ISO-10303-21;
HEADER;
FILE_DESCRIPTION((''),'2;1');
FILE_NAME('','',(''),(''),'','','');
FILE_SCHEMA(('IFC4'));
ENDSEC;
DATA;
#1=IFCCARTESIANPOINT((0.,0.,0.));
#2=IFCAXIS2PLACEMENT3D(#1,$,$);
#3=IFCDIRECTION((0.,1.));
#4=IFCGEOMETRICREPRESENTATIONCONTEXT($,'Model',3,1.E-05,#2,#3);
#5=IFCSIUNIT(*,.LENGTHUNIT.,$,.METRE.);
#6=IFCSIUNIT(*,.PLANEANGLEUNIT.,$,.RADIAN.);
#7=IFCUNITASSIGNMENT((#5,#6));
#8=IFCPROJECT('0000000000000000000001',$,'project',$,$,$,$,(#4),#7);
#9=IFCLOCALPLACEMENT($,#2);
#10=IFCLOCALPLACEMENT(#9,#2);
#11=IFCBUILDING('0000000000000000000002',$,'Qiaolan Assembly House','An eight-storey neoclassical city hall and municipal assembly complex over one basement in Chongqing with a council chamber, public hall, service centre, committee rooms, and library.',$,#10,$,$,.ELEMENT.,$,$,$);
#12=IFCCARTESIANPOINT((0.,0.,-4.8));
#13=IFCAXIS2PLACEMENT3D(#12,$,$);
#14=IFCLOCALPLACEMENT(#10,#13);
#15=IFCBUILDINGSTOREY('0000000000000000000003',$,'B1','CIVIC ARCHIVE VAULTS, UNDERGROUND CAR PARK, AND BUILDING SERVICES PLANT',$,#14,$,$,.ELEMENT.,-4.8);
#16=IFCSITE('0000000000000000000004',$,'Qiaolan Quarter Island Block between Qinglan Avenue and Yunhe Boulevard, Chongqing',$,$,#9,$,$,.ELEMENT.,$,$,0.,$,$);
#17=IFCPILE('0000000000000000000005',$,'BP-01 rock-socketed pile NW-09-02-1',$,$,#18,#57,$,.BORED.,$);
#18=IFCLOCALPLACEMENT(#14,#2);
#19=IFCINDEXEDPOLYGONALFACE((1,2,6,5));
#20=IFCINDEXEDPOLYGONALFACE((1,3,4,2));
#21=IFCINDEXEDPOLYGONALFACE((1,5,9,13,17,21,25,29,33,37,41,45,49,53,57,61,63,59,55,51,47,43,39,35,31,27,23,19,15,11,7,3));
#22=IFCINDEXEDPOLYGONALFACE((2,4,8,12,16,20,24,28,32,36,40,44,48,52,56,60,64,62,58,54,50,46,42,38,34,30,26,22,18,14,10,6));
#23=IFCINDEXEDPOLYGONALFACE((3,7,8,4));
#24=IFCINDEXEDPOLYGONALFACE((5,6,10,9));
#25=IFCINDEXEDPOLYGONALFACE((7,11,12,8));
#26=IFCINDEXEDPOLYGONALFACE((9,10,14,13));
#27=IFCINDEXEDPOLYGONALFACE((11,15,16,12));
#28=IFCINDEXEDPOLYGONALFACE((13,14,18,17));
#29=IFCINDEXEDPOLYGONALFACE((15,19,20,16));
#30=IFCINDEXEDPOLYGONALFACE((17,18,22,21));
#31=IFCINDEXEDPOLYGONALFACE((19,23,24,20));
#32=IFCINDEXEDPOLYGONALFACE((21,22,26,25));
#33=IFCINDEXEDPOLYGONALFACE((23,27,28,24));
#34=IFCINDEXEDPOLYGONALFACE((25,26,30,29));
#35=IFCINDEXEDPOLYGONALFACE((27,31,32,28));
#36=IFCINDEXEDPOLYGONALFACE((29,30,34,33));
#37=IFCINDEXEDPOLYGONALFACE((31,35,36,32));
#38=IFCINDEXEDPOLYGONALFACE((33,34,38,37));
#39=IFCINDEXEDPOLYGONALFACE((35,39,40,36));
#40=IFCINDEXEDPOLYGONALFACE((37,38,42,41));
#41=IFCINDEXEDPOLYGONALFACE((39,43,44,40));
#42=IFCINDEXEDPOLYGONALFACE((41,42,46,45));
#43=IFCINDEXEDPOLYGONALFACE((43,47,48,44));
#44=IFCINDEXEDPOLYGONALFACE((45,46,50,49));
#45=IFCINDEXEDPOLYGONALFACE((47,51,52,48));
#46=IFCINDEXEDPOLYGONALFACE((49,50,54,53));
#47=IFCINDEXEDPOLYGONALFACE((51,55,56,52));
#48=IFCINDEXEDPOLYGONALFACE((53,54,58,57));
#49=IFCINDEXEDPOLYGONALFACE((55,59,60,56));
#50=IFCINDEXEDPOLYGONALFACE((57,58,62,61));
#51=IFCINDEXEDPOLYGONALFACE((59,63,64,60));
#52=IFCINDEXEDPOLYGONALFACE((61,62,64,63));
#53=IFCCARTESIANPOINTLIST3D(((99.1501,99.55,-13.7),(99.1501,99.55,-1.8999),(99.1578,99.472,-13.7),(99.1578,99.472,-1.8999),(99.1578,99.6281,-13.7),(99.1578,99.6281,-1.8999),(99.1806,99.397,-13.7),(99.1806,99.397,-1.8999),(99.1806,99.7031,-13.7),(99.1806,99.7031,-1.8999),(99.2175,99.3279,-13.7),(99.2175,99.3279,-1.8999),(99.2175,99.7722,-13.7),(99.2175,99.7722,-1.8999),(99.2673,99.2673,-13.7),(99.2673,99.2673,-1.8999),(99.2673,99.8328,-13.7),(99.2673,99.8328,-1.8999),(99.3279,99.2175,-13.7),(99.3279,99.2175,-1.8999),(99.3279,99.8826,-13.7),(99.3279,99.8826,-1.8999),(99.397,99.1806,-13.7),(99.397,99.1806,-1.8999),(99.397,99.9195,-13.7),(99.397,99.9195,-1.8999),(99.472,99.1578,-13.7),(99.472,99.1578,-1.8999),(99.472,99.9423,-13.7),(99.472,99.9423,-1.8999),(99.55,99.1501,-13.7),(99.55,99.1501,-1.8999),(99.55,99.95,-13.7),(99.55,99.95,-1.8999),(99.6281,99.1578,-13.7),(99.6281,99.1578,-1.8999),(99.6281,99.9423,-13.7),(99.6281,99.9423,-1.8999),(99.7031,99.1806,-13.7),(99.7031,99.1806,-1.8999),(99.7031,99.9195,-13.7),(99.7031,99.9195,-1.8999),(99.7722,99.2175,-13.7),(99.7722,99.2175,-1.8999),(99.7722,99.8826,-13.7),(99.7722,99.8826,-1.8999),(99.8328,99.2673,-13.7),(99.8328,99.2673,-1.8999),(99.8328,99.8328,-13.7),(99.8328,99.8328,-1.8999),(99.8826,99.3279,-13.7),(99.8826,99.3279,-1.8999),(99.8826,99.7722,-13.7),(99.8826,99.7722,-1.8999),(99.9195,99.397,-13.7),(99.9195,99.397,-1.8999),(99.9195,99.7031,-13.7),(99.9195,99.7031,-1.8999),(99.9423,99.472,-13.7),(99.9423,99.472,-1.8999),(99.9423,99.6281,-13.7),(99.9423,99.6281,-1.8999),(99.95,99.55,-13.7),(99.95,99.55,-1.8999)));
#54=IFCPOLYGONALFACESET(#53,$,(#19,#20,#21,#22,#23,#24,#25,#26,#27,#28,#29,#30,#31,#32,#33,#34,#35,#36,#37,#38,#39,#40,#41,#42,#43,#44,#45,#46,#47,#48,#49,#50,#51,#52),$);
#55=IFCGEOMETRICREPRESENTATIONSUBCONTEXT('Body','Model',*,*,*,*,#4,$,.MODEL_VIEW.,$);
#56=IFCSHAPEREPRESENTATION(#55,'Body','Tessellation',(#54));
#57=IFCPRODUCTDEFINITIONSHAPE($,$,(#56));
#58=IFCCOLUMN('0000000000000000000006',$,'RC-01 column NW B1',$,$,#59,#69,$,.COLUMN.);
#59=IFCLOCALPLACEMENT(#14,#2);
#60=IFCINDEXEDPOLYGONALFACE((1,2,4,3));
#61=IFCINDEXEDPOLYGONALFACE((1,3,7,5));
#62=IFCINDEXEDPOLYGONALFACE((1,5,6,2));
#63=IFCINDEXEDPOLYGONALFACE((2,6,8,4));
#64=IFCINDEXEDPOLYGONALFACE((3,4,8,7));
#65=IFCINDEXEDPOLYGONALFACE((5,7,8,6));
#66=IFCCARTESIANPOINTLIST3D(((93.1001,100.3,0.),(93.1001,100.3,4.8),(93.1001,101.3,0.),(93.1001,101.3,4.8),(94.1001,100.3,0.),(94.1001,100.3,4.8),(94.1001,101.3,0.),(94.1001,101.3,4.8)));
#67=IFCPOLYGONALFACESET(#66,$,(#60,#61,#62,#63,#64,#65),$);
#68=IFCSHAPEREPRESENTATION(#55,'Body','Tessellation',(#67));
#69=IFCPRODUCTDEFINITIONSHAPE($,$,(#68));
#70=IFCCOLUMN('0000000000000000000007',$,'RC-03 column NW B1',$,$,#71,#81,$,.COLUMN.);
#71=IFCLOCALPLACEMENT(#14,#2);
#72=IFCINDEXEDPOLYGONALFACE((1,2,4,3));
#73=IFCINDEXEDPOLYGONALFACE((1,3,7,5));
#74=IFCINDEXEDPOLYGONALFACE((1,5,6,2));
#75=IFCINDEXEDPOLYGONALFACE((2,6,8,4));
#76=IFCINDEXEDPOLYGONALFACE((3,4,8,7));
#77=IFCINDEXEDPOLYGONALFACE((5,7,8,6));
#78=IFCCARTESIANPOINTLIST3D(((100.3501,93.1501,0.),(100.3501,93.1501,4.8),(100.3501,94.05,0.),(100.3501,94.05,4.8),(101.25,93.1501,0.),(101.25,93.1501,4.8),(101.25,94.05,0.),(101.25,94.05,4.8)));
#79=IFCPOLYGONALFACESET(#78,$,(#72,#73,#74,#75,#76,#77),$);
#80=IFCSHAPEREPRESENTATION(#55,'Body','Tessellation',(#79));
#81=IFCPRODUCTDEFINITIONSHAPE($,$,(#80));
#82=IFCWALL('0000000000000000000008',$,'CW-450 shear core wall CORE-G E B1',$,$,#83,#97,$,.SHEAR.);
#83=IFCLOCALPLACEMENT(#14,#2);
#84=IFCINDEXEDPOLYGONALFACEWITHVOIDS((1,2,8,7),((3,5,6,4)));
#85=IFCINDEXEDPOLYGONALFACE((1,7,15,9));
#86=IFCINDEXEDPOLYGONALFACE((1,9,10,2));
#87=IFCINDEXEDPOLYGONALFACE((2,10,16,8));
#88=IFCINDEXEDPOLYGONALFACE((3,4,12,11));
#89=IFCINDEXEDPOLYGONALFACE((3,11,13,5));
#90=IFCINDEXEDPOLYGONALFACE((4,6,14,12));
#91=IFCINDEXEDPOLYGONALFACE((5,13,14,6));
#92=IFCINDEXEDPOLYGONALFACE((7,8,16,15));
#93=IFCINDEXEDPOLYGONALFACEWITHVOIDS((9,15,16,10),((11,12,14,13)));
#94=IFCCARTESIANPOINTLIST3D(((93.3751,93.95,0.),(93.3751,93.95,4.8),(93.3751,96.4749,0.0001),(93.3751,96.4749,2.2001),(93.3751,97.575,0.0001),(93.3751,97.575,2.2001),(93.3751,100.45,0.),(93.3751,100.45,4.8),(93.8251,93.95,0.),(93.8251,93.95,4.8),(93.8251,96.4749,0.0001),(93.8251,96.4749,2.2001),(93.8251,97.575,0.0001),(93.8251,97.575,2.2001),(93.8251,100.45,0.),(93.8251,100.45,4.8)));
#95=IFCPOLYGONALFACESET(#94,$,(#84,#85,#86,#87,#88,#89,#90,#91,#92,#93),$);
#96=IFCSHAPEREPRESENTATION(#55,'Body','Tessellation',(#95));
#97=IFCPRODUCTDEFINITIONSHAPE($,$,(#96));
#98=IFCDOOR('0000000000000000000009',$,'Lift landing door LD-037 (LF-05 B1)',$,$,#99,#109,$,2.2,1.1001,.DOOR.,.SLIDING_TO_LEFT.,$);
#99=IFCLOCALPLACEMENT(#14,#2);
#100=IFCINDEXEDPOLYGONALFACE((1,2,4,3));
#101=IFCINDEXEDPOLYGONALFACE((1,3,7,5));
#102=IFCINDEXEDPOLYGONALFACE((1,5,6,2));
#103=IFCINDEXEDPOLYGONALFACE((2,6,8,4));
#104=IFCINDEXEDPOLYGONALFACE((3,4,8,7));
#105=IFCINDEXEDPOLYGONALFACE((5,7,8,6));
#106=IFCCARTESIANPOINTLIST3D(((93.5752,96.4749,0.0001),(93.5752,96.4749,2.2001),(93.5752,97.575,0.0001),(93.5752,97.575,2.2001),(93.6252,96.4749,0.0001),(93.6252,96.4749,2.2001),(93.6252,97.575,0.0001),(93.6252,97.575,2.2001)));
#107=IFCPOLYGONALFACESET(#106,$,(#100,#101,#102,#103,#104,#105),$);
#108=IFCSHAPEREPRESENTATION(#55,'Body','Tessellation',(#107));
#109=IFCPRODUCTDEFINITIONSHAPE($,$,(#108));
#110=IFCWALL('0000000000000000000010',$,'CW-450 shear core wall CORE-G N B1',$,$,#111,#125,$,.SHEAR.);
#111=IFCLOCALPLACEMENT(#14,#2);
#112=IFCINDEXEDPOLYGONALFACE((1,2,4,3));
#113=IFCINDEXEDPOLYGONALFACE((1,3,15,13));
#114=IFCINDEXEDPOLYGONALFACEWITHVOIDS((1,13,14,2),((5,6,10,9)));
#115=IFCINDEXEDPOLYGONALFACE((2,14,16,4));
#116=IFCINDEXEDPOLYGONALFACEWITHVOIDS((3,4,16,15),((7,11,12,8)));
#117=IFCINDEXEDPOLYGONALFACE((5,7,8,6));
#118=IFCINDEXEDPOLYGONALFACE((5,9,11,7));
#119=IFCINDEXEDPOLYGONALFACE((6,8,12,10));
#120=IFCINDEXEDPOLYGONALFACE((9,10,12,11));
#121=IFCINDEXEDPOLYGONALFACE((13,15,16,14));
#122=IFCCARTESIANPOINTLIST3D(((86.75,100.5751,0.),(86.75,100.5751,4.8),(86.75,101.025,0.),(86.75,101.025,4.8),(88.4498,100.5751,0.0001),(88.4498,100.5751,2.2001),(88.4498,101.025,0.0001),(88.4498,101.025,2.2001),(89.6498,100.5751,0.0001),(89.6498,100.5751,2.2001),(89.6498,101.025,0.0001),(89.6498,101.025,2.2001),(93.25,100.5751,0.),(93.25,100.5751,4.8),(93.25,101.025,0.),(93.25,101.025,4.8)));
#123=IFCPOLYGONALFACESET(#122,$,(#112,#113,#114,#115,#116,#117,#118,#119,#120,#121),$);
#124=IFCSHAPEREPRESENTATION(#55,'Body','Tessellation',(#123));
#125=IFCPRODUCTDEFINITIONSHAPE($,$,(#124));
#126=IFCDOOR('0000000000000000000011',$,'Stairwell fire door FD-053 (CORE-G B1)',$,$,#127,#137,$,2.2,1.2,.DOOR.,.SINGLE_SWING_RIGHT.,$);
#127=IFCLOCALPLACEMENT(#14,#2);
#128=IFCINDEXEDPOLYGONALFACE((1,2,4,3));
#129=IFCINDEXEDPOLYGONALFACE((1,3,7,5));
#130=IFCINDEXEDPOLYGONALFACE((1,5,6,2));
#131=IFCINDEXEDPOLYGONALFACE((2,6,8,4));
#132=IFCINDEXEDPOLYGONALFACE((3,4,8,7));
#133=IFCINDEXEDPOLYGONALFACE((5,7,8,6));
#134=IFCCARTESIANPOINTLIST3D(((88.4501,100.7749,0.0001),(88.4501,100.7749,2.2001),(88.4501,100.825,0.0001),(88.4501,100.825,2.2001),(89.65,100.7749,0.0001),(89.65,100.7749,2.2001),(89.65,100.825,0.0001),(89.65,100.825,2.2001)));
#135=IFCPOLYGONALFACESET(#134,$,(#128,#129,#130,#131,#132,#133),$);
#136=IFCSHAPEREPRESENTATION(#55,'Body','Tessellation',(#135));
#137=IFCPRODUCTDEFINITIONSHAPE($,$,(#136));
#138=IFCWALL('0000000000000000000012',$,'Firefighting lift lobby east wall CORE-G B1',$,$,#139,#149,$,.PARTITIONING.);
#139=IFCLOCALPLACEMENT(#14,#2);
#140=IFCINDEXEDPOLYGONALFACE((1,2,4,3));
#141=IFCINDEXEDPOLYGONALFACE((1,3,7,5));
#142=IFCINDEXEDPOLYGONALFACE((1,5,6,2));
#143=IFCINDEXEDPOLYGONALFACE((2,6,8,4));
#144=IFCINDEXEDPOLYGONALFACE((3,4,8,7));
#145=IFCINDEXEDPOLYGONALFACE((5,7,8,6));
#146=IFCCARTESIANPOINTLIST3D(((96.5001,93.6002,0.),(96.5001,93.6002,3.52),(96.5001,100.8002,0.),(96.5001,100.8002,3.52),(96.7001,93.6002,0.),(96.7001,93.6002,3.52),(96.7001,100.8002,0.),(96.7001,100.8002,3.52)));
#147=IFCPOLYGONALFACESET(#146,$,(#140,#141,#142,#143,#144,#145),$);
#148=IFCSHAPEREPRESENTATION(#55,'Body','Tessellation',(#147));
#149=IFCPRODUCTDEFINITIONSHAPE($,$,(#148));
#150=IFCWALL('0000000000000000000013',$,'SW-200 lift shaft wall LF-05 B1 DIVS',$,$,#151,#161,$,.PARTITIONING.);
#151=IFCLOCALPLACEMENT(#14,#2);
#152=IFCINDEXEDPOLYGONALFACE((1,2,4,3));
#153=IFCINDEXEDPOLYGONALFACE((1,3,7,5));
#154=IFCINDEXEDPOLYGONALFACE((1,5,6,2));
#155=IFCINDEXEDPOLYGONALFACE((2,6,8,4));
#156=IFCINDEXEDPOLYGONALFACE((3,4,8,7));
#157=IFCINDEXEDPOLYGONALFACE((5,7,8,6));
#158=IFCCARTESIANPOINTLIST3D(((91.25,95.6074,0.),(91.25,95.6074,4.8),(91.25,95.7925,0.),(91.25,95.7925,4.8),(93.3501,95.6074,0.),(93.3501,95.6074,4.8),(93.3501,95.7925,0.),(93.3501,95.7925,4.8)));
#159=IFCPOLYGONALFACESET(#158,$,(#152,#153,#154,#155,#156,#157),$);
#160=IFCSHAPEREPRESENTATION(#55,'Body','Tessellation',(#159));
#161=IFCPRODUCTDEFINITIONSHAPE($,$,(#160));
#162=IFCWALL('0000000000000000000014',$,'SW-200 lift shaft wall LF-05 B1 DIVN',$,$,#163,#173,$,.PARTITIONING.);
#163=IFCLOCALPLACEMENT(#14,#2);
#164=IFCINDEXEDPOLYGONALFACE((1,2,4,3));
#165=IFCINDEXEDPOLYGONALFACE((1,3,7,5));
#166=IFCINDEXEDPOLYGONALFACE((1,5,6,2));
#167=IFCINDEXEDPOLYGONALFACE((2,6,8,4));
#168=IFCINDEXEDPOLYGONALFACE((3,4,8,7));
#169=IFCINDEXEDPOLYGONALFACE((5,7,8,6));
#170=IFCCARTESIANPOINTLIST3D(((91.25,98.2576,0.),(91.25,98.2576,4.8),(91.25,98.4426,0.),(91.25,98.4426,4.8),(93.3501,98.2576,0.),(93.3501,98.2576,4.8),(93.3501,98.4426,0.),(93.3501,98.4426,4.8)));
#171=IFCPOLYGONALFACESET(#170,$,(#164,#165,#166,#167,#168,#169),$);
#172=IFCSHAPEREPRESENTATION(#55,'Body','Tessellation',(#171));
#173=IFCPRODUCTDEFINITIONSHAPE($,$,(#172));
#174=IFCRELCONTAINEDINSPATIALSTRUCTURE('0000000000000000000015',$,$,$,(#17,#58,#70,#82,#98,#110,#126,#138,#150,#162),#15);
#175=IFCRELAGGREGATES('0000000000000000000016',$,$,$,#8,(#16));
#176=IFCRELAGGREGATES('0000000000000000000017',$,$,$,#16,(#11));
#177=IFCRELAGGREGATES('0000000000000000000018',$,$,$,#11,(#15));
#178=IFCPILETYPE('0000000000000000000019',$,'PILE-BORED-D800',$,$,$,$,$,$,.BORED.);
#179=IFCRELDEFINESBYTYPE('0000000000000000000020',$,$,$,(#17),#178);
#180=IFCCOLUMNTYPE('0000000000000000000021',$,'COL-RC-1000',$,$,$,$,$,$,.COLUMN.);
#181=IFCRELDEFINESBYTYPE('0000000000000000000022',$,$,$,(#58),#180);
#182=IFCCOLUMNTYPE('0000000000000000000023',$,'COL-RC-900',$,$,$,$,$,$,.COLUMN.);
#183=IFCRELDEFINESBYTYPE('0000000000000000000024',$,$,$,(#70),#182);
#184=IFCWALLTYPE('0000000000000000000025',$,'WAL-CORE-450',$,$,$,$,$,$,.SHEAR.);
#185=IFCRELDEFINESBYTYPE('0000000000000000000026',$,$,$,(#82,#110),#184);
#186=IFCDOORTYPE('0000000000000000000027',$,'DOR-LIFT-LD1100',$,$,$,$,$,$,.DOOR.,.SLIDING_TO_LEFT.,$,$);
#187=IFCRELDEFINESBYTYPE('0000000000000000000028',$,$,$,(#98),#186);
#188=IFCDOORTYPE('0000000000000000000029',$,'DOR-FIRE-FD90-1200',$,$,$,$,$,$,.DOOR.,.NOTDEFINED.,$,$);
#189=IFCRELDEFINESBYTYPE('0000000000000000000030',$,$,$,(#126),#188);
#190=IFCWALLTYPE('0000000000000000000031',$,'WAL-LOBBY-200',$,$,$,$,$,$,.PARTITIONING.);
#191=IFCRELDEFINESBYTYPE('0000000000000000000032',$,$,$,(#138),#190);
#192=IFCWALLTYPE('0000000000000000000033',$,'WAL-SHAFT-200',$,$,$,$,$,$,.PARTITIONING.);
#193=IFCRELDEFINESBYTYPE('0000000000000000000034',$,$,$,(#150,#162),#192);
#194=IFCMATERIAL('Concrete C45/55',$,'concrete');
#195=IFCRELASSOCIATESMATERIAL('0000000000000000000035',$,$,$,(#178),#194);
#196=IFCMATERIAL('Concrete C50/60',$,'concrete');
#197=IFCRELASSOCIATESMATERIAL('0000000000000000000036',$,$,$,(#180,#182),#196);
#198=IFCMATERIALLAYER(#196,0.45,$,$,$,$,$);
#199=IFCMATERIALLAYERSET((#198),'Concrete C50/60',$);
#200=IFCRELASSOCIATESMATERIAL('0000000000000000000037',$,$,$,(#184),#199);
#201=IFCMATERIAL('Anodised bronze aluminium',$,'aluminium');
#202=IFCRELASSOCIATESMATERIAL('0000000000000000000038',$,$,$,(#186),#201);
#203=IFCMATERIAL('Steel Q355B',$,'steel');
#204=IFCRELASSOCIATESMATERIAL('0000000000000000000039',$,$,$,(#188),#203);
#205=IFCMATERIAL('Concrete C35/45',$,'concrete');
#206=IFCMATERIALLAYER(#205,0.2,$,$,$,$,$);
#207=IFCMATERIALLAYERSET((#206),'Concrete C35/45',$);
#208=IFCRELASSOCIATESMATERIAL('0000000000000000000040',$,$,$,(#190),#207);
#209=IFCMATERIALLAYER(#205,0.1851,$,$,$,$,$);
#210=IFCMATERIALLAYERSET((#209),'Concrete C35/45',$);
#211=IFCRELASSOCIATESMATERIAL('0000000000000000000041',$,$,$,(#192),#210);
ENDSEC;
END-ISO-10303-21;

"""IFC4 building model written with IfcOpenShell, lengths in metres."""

from ifc_helpers import new_model, si_unit, direction, frame, frame_2d, origin, origin_2d, place, context, subcontext, project, spatial, rectangle, circle, extrude, material, layer, layer_set, material_profile, profile_set, type_object, element, fill, save


model = new_model("IFC4")

# Units and contexts
model_context = context("Model", 3, precision=1e-05, world=origin(), true_north=direction((0.0, 1.0)))
body_context = subcontext(model_context, "Body", "Model", "MODEL_VIEW")
ifc_project = project(units=[si_unit("LENGTHUNIT", "METRE"), si_unit("PLANEANGLEUNIT", "RADIAN")], contexts=[model_context])

# Site, building, storey
site_placement = place(None, origin())
site = spatial("IfcSite", under=ifc_project, at=site_placement, Name="Qiaolan Quarter Island Block between Qinglan Avenue and Yunhe Boulevard, Chongqing", CompositionType="ELEMENT", RefElevation=0.0)
building_placement = place(site_placement, origin())
building = spatial("IfcBuilding", under=site, at=building_placement, Name="Qiaolan Assembly House", Description="An eight-storey neoclassical city hall and municipal assembly complex over one basement in Chongqing with a council chamber, public hall, service centre, committee rooms, and library.", CompositionType="ELEMENT")
storey_placement = place(building_placement, frame((0.0, 0.0, -4.8)))
storey = spatial("IfcBuildingStorey", under=building, at=storey_placement, Name="B1", Description="CIVIC ARCHIVE VAULTS, UNDERGROUND CAR PARK, AND BUILDING SERVICES PLANT", CompositionType="ELEMENT", Elevation=-4.8)

# Pile
ifc_material_1 = material(Name="Concrete C45/55", Category="concrete")
ifc_material_profile_1 = material_profile(ifc_material_1, circle(Radius=0.3999, at=origin_2d()), Name="PILE D800")
ifc_profile_set_1 = profile_set([ifc_material_profile_1], Name="Concrete C45/55")
pile_type_1 = type_object("IfcPileType", Name="PILE-BORED-D800", PredefinedType="BORED", material=ifc_profile_set_1)
for number, where, z_axis, x_axis, name in (
    (1, (99.55, 99.55, -1.8999), (0.0, 0.0, -1.0), (1.0, 0.0, 0.0), "BP-01 rock-socketed pile NW-09-02-1"),
):
    element("IfcPile", number, at=place(storey_placement, frame(where, z_axis=z_axis, x_axis=x_axis)), inside=storey, type_object=pile_type_1, Name=name, PredefinedType="BORED", context=body_context, shape_type="SweptSolid", body=[
        extrude(circle(Radius=0.3999, at=origin_2d()), origin(), (0.0, 0.0, 1.0), 11.8),
    ])

# Columns
ifc_material_2 = material(Name="Concrete C50/60", Category="concrete")
ifc_material_profile_2 = material_profile(ifc_material_2, rectangle(XDim=1.0, YDim=1.0, at=origin_2d()), Name="RC 1000x1000")
ifc_profile_set_2 = profile_set([ifc_material_profile_2], Name="Concrete C50/60")
column_type_1 = type_object("IfcColumnType", Name="COL-RC-1000", PredefinedType="COLUMN", material=ifc_profile_set_2)
column_1_placement = place(storey_placement, frame((93.6001, 100.8, 0.0), z_axis=(0.0, 0.0, 1.0), x_axis=(1.0, 0.0, 0.0)))
element("IfcColumn", 2, at=column_1_placement, inside=storey, type_object=column_type_1, Name="RC-01 column NW B1", PredefinedType="COLUMN", context=body_context, shape_type="SweptSolid", body=[
    extrude(rectangle(XDim=1.0, YDim=1.0, at=origin_2d()), origin(), (0.0, 0.0, 1.0), 4.8),
])
ifc_material_profile_3 = material_profile(ifc_material_2, rectangle(XDim=0.8999, YDim=0.8999, at=origin_2d()), Name="RC 900x900")
ifc_profile_set_3 = profile_set([ifc_material_profile_3], Name="Concrete C50/60")
column_type_2 = type_object("IfcColumnType", Name="COL-RC-900", PredefinedType="COLUMN", material=ifc_profile_set_3)
column_2_placement = place(storey_placement, frame((100.8, 93.6001, 0.0), z_axis=(0.0, 0.0, 1.0), x_axis=(1.0, 0.0, 0.0)))
element("IfcColumn", 3, at=column_2_placement, inside=storey, type_object=column_type_2, Name="RC-03 column NW B1", PredefinedType="COLUMN", context=body_context, shape_type="SweptSolid", body=[
    extrude(rectangle(XDim=0.8999, YDim=0.8999, at=origin_2d()), origin(), (0.0, 0.0, 1.0), 4.8),
])

# Walls, openings, doors
ifc_layer_1 = layer(ifc_material_2, 0.45)
ifc_layer_set_1 = layer_set([ifc_layer_1], Name="Concrete C50/60")
wall_type_1 = type_object("IfcWallType", Name="WAL-CORE-450", PredefinedType="SHEAR", material=ifc_layer_set_1)
wall_1_placement = place(storey_placement, frame((93.6001, 93.95, 0.0), z_axis=(0.0, 0.0, 1.0), x_axis=(0.0, 1.0, 0.0)))
wall_1 = element("IfcWall", 4, at=wall_1_placement, inside=storey, type_object=wall_type_1, Name="CW-450 shear core wall CORE-G E B1", PredefinedType="SHEAR", context=body_context, shape_type="SweptSolid", body=[
    extrude(rectangle(XDim=6.5, YDim=0.45, at=frame_2d((3.25, 0.0))), origin(), (0.0, 0.0, 1.0), 4.8),
])
opening_1_placement = place(wall_1_placement, frame((2.5249, 0.0, 0.0)))
opening_1 = element("IfcOpeningElement", 5, at=opening_1_placement, cuts=wall_1, PredefinedType="OPENING", context=body_context, shape_type="SweptSolid", body=[
    extrude(rectangle(XDim=1.1001, YDim=2.2, at=frame_2d((0.55, 1.1001))), frame((0.0, 0.2349, 0.0), z_axis=(0.0, -1.0, 0.0), x_axis=(1.0, 0.0, 0.0)), (0.0, 0.0, 1.0), 0.47),
])
ifc_material_3 = material(Name="Anodised bronze aluminium", Category="aluminium")
door_type_1 = type_object("IfcDoorType", Name="DOR-LIFT-LD1100", OperationType="SLIDING_TO_LEFT", PredefinedType="DOOR", material=ifc_material_3)
door_1_placement = place(opening_1_placement, origin())
door_1 = element("IfcDoor", 6, at=door_1_placement, inside=storey, type_object=door_type_1, Name="Lift landing door LD-037 (LF-05 B1)", OperationType="SLIDING_TO_LEFT", OverallHeight=2.2, OverallWidth=1.1001, PredefinedType="DOOR", context=body_context, shape_type="SweptSolid", body=[
    extrude(rectangle(XDim=1.1001, YDim=2.2, at=frame_2d((0.55, 1.1001))), frame((0.0, 0.0249, 0.0), z_axis=(0.0, -1.0, 0.0), x_axis=(1.0, 0.0, 0.0)), (0.0, 0.0, 1.0), 0.05),
])
fill(opening_1, door_1)
wall_2_placement = place(storey_placement, frame((93.25, 100.8, 0.0), z_axis=(0.0, 0.0, 1.0), x_axis=(-1.0, 0.0, 0.0)))
wall_2 = element("IfcWall", 7, at=wall_2_placement, inside=storey, type_object=wall_type_1, Name="CW-450 shear core wall CORE-G N B1", PredefinedType="SHEAR", context=body_context, shape_type="SweptSolid", body=[
    extrude(rectangle(XDim=6.5, YDim=0.45, at=frame_2d((3.25, 0.0))), origin(), (0.0, 0.0, 1.0), 4.8),
])
opening_2_placement = place(wall_2_placement, frame((3.6001, 0.0, 0.0)))
opening_2 = element("IfcOpeningElement", 8, at=opening_2_placement, cuts=wall_2, PredefinedType="OPENING", context=body_context, shape_type="SweptSolid", body=[
    extrude(rectangle(XDim=1.2, YDim=2.2, at=frame_2d((0.6001, 1.1001))), frame((0.0, 0.2349, 0.0), z_axis=(0.0, -1.0, 0.0), x_axis=(1.0, 0.0, 0.0)), (0.0, 0.0, 1.0), 0.47),
])
ifc_material_4 = material(Name="Steel Q355B", Category="steel")
door_type_2 = type_object("IfcDoorType", Name="DOR-FIRE-FD90-1200", OperationType="NOTDEFINED", PredefinedType="DOOR", material=ifc_material_4)
door_2_placement = place(opening_2_placement, frame((1.2, 0.0, 0.0), z_axis=(0.0, 0.0, 1.0), x_axis=(-1.0, 0.0, 0.0)))
door_2 = element("IfcDoor", 9, at=door_2_placement, inside=storey, type_object=door_type_2, Name="Stairwell fire door FD-053 (CORE-G B1)", OperationType="SINGLE_SWING_RIGHT", OverallHeight=2.2, OverallWidth=1.2, PredefinedType="DOOR", context=body_context, shape_type="SweptSolid", body=[
    extrude(rectangle(XDim=1.2, YDim=2.2, at=frame_2d((0.6001, 1.1001))), frame((0.0, 0.0249, 0.0), z_axis=(0.0, -1.0, 0.0), x_axis=(1.0, 0.0, 0.0)), (0.0, 0.0, 1.0), 0.05),
])
fill(opening_2, door_2)

# Walls
ifc_material_5 = material(Name="Concrete C35/45", Category="concrete")
ifc_layer_2 = layer(ifc_material_5, 0.2)
ifc_layer_set_2 = layer_set([ifc_layer_2], Name="Concrete C35/45")
wall_type_2 = type_object("IfcWallType", Name="WAL-LOBBY-200", PredefinedType="PARTITIONING", material=ifc_layer_set_2)
wall_3_placement = place(storey_placement, frame((96.6001, 93.6001, 0.0), z_axis=(0.0, 0.0, 1.0), x_axis=(0.0, 1.0, 0.0)))
element("IfcWall", 10, at=wall_3_placement, inside=storey, type_object=wall_type_2, Name="Firefighting lift lobby east wall CORE-G B1", PredefinedType="PARTITIONING", context=body_context, shape_type="SweptSolid", body=[
    extrude(rectangle(XDim=7.2, YDim=0.2, at=frame_2d((3.6001, 0.0))), origin(), (0.0, 0.0, 1.0), 3.52),
])
ifc_layer_3 = layer(ifc_material_5, 0.1851)
ifc_layer_set_3 = layer_set([ifc_layer_3], Name="Concrete C35/45")
wall_type_3 = type_object("IfcWallType", Name="WAL-SHAFT-200", PredefinedType="PARTITIONING", material=ifc_layer_set_3)
for number, where, z_axis, x_axis, name in (
    (11, (91.25, 95.7, 0.0), (0.0, 0.0, 1.0), (1.0, 0.0, 0.0), "SW-200 lift shaft wall LF-05 B1 DIVS"),
    (12, (91.25, 98.3501, 0.0), (0.0, 0.0, 1.0), (1.0, 0.0, 0.0), "SW-200 lift shaft wall LF-05 B1 DIVN"),
):
    element("IfcWall", number, at=place(storey_placement, frame(where, z_axis=z_axis, x_axis=x_axis)), inside=storey, type_object=wall_type_3, Name=name, PredefinedType="PARTITIONING", context=body_context, shape_type="SweptSolid", body=[
        extrude(rectangle(XDim=2.1001, YDim=0.1851, at=frame_2d((1.05, 0.0))), origin(), (0.0, 0.0, 1.0), 4.8),
    ])

save(model, "model.ifc")
